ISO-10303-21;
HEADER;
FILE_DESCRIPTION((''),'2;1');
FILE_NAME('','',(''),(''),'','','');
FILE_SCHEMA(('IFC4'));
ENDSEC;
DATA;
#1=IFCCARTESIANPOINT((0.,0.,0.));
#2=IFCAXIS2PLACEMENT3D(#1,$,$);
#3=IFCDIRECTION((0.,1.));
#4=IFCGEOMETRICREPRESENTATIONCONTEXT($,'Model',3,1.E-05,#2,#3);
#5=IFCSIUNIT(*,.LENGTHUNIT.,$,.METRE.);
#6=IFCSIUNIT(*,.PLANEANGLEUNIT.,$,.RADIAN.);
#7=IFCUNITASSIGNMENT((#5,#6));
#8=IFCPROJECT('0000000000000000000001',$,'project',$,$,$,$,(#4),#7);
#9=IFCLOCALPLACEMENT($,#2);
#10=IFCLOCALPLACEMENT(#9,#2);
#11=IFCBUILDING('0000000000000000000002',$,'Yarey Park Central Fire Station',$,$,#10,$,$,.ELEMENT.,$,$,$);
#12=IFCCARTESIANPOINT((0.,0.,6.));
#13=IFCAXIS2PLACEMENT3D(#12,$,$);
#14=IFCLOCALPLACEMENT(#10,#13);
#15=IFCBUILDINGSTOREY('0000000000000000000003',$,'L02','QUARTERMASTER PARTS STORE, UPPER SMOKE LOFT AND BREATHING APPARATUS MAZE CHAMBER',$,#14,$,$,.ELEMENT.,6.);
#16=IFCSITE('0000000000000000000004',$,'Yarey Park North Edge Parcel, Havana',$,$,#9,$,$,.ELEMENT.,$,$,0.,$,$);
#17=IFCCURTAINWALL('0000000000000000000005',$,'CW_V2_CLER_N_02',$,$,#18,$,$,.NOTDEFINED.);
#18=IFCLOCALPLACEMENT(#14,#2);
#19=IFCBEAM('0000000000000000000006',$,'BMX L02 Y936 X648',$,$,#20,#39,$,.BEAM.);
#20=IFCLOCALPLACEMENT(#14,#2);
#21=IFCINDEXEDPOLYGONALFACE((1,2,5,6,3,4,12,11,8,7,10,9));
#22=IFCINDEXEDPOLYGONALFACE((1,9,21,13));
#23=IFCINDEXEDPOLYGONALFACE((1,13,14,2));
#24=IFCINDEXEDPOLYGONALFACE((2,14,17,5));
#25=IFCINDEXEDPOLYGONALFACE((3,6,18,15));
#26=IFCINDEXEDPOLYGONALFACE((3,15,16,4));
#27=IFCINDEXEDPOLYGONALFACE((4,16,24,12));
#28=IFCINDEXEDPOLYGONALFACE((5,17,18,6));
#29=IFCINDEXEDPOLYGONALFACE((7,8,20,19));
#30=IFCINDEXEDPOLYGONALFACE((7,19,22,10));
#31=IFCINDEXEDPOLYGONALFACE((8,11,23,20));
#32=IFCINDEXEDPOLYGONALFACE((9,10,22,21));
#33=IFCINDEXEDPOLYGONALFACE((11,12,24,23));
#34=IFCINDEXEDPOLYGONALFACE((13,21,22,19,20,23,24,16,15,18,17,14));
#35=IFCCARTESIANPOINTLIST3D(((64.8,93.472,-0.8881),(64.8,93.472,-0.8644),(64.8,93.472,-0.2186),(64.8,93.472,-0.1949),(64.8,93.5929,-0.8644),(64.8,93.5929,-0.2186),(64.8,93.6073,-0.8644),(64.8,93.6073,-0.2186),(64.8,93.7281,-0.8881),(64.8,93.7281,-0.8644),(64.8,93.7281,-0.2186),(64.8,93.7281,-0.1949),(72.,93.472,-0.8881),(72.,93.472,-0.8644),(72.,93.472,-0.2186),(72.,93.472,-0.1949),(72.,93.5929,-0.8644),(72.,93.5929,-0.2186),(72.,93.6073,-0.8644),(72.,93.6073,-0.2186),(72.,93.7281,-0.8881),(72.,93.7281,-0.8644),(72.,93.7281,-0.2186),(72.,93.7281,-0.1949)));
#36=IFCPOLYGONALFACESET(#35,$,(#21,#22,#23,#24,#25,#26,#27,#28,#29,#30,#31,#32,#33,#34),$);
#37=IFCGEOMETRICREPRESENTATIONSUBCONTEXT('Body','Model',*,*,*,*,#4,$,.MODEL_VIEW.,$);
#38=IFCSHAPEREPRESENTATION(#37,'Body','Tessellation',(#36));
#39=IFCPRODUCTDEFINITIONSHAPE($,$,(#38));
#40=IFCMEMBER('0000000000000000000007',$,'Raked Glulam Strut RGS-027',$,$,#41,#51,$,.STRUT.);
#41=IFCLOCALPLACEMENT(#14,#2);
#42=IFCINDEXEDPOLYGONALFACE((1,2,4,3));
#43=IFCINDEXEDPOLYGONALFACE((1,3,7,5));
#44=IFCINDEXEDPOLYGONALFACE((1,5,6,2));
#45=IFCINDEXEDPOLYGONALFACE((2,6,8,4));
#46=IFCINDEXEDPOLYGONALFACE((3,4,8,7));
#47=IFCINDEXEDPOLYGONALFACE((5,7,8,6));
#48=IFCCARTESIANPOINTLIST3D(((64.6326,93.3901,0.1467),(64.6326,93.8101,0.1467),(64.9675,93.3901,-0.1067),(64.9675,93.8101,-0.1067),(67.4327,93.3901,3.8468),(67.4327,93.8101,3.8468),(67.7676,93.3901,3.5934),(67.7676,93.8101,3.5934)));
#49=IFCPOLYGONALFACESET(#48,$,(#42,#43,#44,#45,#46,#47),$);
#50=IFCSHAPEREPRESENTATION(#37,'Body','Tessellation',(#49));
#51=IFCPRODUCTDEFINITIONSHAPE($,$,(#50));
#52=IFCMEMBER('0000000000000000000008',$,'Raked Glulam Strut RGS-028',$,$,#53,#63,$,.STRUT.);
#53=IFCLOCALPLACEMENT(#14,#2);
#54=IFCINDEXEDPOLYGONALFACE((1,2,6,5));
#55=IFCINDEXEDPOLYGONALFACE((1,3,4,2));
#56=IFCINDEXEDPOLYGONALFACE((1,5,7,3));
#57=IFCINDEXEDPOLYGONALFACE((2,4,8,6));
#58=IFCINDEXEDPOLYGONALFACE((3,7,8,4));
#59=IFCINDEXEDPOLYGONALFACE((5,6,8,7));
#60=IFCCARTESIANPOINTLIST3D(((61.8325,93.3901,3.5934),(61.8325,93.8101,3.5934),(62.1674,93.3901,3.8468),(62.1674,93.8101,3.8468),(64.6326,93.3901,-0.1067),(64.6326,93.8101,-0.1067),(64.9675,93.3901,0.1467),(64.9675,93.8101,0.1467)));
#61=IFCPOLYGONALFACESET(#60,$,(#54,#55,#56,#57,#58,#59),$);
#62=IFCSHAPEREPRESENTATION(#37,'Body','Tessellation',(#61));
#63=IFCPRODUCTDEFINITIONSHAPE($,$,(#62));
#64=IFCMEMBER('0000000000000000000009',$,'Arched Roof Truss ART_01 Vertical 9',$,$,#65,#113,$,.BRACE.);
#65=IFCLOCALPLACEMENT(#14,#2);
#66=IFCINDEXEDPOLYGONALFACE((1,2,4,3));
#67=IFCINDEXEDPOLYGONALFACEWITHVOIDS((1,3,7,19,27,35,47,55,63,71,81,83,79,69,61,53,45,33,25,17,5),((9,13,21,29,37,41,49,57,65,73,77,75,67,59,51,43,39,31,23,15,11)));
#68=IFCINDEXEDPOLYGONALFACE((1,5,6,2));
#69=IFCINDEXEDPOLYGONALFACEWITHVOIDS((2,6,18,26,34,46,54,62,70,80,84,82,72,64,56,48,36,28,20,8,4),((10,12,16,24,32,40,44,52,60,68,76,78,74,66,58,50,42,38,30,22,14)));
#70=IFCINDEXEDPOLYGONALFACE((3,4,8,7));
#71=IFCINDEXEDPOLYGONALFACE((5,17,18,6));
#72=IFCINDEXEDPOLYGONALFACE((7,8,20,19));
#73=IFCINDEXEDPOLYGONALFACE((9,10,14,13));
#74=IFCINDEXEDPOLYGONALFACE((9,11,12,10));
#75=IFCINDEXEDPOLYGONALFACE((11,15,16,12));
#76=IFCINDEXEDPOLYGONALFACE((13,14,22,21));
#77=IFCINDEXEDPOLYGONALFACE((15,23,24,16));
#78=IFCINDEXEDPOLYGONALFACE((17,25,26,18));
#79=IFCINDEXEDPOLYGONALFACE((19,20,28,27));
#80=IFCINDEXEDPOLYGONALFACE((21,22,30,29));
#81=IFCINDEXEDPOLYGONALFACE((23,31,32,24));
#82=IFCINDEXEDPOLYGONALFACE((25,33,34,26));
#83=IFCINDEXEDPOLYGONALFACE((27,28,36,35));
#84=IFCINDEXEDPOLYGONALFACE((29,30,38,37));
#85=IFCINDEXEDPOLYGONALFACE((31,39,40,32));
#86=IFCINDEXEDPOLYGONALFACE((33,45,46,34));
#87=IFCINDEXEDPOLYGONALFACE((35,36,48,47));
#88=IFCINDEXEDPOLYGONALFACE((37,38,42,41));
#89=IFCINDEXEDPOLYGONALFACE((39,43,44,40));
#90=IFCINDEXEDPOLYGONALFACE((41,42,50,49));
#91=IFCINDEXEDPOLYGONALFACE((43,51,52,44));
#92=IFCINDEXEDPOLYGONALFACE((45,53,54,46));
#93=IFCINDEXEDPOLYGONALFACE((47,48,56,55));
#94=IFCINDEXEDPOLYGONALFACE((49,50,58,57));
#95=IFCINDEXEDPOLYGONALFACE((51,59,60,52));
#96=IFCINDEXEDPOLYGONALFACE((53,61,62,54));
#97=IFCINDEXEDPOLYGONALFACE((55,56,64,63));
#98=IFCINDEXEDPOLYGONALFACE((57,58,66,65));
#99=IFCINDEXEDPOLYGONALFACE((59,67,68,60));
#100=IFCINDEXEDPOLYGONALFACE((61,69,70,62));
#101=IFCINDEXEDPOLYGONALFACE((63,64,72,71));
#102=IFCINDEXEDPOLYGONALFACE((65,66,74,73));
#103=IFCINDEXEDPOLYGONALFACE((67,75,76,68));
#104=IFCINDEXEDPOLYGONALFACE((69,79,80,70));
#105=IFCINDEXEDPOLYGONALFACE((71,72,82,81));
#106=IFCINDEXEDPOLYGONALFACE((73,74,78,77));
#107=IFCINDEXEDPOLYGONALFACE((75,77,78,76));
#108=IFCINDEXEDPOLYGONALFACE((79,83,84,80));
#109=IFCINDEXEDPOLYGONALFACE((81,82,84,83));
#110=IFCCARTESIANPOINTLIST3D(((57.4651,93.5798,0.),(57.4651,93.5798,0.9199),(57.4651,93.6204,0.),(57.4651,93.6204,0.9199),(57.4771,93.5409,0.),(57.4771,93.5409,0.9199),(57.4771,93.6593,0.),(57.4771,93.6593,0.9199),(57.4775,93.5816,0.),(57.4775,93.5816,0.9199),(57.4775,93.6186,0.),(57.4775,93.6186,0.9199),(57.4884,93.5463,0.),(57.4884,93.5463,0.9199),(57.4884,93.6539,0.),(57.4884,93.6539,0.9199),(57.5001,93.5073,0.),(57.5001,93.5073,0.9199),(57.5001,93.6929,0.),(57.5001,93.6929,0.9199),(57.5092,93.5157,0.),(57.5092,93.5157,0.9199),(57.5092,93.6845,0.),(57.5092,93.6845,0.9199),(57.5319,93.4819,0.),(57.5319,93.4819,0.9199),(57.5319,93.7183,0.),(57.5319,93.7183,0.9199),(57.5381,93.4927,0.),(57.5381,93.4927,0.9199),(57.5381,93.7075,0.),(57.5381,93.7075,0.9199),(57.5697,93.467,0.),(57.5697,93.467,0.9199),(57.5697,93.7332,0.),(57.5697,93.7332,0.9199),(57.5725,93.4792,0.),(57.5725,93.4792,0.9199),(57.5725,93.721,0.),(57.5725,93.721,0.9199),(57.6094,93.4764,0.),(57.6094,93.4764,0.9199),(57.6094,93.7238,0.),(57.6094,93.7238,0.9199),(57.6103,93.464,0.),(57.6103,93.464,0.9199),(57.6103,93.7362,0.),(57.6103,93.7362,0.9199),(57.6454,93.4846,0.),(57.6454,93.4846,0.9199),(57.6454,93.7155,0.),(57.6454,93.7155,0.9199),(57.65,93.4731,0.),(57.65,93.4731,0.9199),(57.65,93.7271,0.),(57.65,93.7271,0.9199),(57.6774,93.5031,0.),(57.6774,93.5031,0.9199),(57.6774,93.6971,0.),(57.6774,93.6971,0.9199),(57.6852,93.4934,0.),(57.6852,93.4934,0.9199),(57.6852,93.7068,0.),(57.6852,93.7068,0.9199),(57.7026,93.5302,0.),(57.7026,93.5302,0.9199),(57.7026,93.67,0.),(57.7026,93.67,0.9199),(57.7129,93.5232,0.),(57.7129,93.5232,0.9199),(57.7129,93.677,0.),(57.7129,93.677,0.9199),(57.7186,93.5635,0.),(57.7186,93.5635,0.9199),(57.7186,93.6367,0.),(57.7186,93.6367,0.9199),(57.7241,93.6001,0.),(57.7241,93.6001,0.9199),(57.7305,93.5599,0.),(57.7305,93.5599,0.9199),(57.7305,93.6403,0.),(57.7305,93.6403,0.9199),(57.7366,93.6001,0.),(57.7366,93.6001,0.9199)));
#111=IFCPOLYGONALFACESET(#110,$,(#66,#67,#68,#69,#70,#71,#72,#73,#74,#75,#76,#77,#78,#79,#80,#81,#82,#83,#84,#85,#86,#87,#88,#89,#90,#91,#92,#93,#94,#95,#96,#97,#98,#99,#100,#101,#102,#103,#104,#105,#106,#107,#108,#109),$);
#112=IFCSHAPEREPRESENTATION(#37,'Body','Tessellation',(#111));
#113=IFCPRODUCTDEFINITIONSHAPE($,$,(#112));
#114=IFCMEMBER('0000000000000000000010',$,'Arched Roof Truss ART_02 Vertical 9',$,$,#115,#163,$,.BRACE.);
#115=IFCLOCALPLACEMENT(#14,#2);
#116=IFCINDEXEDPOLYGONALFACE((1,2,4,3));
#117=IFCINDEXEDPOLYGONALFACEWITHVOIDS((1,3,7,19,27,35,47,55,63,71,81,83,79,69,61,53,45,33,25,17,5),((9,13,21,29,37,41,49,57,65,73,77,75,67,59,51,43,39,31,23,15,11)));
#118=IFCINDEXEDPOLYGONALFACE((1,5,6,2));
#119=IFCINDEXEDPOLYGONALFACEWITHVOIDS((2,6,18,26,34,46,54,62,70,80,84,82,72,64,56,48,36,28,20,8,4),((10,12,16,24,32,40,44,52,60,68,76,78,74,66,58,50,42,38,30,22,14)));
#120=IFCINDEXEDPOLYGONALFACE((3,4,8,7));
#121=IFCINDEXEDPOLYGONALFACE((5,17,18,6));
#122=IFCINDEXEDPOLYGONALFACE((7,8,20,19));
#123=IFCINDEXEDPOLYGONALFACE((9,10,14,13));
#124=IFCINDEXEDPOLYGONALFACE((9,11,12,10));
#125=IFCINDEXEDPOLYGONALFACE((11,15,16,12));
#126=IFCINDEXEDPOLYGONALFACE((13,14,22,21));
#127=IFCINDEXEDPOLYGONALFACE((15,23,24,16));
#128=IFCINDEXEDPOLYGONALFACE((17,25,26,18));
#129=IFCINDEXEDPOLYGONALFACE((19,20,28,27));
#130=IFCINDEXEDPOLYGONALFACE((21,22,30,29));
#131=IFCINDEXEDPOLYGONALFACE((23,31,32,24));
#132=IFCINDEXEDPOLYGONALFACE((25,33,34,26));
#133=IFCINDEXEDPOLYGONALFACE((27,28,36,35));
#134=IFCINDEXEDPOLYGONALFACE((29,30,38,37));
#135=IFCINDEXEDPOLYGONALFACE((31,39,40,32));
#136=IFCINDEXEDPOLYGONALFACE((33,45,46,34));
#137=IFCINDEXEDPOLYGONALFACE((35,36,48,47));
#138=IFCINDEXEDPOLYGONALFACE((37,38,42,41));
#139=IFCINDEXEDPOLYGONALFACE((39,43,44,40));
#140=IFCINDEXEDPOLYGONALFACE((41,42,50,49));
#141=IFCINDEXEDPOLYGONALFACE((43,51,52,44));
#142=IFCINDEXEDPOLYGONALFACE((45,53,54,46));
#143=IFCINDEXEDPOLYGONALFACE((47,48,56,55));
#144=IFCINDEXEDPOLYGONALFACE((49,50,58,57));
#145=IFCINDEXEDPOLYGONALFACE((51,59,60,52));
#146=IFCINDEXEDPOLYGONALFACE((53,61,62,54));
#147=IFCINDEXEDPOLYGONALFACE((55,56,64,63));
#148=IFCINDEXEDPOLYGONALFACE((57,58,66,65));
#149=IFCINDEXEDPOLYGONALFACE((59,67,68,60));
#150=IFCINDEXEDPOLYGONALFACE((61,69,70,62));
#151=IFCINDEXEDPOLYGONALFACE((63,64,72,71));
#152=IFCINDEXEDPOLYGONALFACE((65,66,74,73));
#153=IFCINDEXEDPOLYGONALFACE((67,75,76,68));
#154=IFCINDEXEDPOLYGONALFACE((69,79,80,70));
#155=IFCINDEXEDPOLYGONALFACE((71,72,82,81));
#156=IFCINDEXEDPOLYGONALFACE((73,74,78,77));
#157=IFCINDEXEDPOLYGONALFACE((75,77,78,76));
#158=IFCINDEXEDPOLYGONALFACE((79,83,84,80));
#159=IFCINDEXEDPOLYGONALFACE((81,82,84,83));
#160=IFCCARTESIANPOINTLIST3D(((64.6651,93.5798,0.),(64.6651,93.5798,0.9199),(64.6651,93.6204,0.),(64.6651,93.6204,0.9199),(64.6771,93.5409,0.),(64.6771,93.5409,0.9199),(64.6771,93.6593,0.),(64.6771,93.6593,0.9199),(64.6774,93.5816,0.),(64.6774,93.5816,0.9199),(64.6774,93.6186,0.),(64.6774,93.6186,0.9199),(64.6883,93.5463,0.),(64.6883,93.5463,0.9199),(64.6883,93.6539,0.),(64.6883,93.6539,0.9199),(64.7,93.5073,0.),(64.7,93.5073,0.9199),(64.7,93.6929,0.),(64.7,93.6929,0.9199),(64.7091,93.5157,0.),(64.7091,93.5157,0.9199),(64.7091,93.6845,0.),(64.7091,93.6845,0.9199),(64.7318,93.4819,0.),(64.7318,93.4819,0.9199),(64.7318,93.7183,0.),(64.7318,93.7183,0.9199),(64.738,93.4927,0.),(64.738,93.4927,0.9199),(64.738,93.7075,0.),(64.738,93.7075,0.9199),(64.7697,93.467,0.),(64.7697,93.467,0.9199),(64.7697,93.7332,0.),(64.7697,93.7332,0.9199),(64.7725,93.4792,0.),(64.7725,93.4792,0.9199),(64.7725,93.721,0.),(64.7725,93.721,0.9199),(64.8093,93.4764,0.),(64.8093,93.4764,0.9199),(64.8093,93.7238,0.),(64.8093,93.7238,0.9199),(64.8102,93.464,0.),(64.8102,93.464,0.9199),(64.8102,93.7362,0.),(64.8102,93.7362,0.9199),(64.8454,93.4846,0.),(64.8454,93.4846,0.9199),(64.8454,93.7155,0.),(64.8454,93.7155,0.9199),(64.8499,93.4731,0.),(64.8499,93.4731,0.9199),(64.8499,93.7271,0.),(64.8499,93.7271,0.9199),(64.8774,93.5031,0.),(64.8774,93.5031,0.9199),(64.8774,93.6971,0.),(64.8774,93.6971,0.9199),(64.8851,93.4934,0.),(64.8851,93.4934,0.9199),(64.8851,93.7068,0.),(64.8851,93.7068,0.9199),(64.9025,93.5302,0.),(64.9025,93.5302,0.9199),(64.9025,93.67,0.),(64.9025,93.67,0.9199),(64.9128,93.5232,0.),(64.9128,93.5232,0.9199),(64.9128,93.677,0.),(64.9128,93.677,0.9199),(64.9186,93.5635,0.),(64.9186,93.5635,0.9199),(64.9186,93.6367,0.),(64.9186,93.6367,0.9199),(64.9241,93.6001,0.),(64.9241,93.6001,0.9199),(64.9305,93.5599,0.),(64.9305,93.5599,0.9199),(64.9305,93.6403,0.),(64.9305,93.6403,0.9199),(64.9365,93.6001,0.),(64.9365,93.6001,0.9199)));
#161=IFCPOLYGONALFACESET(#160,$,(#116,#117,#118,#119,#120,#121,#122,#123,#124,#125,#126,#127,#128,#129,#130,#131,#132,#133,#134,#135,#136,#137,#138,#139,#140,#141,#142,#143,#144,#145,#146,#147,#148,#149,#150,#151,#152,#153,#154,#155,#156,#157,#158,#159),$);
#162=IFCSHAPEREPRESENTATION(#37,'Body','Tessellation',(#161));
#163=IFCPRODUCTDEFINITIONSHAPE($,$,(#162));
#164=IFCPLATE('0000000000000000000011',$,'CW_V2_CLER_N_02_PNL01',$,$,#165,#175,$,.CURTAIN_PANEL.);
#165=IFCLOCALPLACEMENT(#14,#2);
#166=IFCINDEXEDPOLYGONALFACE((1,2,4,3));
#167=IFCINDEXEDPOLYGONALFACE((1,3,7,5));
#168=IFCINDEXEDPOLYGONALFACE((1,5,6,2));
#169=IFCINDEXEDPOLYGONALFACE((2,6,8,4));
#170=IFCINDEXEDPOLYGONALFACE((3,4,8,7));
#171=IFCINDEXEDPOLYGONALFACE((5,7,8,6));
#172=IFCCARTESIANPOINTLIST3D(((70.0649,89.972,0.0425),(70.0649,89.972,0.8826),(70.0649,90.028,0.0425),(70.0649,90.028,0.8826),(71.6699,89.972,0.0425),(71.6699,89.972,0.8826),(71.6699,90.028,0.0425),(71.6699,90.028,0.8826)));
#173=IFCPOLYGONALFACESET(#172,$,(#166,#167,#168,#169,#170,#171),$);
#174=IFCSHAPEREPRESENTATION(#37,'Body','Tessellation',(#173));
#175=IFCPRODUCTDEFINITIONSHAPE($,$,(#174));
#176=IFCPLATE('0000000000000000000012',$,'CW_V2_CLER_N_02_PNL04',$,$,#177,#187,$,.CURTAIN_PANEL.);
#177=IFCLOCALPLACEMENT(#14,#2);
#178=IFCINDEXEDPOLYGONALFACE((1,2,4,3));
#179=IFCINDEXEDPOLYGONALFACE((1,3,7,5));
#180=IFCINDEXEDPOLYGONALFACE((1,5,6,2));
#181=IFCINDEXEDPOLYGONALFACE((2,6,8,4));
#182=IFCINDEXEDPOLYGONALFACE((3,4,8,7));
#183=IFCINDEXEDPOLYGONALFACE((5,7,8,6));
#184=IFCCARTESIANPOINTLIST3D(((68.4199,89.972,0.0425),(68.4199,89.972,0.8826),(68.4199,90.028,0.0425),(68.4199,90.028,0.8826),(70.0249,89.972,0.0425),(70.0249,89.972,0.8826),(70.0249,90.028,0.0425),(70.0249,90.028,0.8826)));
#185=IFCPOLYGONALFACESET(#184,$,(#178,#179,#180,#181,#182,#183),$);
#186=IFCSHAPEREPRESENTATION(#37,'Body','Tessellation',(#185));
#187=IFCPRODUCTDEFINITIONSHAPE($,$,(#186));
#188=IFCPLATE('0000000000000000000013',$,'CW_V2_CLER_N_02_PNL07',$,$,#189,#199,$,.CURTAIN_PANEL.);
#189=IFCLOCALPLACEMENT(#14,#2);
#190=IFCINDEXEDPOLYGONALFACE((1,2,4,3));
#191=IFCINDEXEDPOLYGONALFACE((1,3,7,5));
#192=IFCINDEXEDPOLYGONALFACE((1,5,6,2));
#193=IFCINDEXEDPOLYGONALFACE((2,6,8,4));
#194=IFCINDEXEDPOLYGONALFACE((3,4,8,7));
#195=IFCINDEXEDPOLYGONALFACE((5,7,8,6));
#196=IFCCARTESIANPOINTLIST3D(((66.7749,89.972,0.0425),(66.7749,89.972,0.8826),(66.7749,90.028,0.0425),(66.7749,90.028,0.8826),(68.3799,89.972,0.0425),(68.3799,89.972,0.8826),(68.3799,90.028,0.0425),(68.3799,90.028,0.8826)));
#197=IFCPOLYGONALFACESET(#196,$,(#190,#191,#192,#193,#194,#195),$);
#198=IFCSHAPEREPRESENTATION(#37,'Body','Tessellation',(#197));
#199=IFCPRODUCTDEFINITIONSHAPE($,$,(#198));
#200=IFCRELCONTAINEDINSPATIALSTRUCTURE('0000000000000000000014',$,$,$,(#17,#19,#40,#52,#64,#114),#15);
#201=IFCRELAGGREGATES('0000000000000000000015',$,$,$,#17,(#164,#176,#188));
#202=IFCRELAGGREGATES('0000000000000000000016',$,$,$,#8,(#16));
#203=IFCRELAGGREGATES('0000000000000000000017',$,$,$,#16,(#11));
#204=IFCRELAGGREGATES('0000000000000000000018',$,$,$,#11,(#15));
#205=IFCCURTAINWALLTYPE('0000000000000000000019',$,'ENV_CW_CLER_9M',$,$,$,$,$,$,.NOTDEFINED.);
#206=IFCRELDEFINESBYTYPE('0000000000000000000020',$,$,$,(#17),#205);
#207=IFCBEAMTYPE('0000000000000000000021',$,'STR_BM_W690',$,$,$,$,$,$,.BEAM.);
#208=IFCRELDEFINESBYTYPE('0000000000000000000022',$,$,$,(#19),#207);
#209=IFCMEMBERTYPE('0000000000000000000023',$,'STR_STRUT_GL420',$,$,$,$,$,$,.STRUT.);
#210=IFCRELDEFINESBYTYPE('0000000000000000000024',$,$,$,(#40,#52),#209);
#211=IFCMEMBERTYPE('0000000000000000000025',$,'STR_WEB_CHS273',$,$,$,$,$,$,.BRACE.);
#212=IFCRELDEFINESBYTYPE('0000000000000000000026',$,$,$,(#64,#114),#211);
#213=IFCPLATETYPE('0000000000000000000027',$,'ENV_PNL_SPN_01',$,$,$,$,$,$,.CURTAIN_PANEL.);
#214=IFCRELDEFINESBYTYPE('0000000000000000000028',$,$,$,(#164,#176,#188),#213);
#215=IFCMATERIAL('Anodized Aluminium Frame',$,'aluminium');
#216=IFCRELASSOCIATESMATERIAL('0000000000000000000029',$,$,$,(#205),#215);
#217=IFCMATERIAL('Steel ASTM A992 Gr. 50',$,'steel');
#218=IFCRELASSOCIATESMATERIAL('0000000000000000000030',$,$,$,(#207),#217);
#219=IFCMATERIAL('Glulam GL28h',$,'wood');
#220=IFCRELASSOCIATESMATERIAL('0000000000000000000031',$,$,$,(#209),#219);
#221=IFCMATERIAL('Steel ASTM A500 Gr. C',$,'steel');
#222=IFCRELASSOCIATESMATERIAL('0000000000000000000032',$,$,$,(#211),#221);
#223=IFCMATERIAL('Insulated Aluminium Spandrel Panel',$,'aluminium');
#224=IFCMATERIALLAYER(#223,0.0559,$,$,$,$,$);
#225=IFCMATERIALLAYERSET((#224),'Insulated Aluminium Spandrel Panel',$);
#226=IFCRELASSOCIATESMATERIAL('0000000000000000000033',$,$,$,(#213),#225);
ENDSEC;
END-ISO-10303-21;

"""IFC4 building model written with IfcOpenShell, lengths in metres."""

from ifc_helpers import new_model, si_unit, direction, frame, origin, origin_2d, place, context, subcontext, project, spatial, rectangle, hollow_circle, i_section, extrude, material, layer, layer_set, material_profile, profile_set, type_object, element, aggregate, save


model = new_model("IFC4")

# Units and contexts
model_context = context("Model", 3, precision=1e-05, world=origin(), true_north=direction((0.0, 1.0)))
body_context = subcontext(model_context, "Body", "Model", "MODEL_VIEW")
ifc_project = project(units=[si_unit("LENGTHUNIT", "METRE"), si_unit("PLANEANGLEUNIT", "RADIAN")], contexts=[model_context])

# Site, building, storey
site_placement = place(None, origin())
site = spatial("IfcSite", under=ifc_project, at=site_placement, Name="Yarey Park North Edge Parcel, Havana", CompositionType="ELEMENT", RefElevation=0.0)
building_placement = place(site_placement, origin())
building = spatial("IfcBuilding", under=site, at=building_placement, Name="Yarey Park Central Fire Station", CompositionType="ELEMENT")
storey_placement = place(building_placement, frame((0.0, 0.0, 6.0)))
storey = spatial("IfcBuildingStorey", under=building, at=storey_placement, Name="L02", Description="QUARTERMASTER PARTS STORE, UPPER SMOKE LOFT AND BREATHING APPARATUS MAZE CHAMBER", CompositionType="ELEMENT", Elevation=6.0)

# Shared definitions
ifc_material_1 = material(Name="Steel ASTM A992 Gr. 50", Category="steel")

# Curtain wall
ifc_material_2 = material(Name="Anodized Aluminium Frame", Category="aluminium")
curtain_wall_type = type_object("IfcCurtainWallType", Name="ENV_CW_CLER_9M", PredefinedType="NOTDEFINED", material=ifc_material_2)
curtain_wall_placement = place(storey_placement, origin())
curtain_wall = element("IfcCurtainWall", 1, at=curtain_wall_placement, inside=storey, type_object=curtain_wall_type, Name="CW_V2_CLER_N_02", PredefinedType="NOTDEFINED")

# Beam
ifc_material_profile_1 = material_profile(ifc_material_1, i_section(OverallWidth=0.2561, OverallDepth=0.6931, WebThickness=0.0144, FlangeThickness=0.0237, at=origin_2d()), Name="W690x170")
ifc_profile_set_1 = profile_set([ifc_material_profile_1], Name="Steel ASTM A992 Gr. 50")
beam_type = type_object("IfcBeamType", Name="STR_BM_W690", PredefinedType="BEAM", material=ifc_profile_set_1)
for number, where, z_axis, x_axis, name in (
    (2, (64.8, 93.6001, -0.5415), (1.0, 0.0, 0.0), (0.0, 1.0, 0.0), "BMX L02 Y936 X648"),
):
    element("IfcBeam", number, at=place(storey_placement, frame(where, z_axis=z_axis, x_axis=x_axis)), inside=storey, type_object=beam_type, Name=name, PredefinedType="BEAM", context=body_context, shape_type="SweptSolid", body=[
        extrude(i_section(OverallWidth=0.2561, OverallDepth=0.6931, WebThickness=0.0144, FlangeThickness=0.0237, at=origin_2d()), origin(), (0.0, 0.0, 1.0), 7.2),
    ])

# Members
ifc_material_3 = material(Name="Glulam GL28h", Category="wood")
ifc_material_profile_2 = material_profile(ifc_material_3, rectangle(XDim=0.4199, YDim=0.4199, at=origin_2d()), Name="GL 420x420")
ifc_profile_set_2 = profile_set([ifc_material_profile_2], Name="Glulam GL28h")
member_type_1 = type_object("IfcMemberType", Name="STR_STRUT_GL420", PredefinedType="STRUT", material=ifc_profile_set_2)
for number, where, z_axis, x_axis, name in (
    (3, (64.8, 93.6001, 0.02), (0.603454, 0.0, 0.797397), (0.0, 1.0, 0.0), "Raked Glulam Strut RGS-027"),
    (4, (64.8, 93.6001, 0.02), (-0.603454, 0.0, 0.797397), (0.0, -1.0, 0.0), "Raked Glulam Strut RGS-028"),
):
    element("IfcMember", number, at=place(storey_placement, frame(where, z_axis=z_axis, x_axis=x_axis)), inside=storey, type_object=member_type_1, Name=name, PredefinedType="STRUT", context=body_context, shape_type="SweptSolid", body=[
        extrude(rectangle(XDim=0.4199, YDim=0.4199, at=origin_2d()), origin(), (0.0, 0.0, 1.0), 4.6401),
    ])
ifc_material_4 = material(Name="Steel ASTM A500 Gr. C", Category="steel")
ifc_material_profile_3 = material_profile(ifc_material_4, hollow_circle(Radius=0.1365, WallThickness=0.0125, at=origin_2d()), Name="CHS 273x12.5")
ifc_profile_set_3 = profile_set([ifc_material_profile_3], Name="Steel ASTM A500 Gr. C")
member_type_2 = type_object("IfcMemberType", Name="STR_WEB_CHS273", PredefinedType="BRACE", material=ifc_profile_set_3)
for number, where, z_axis, x_axis, name in (
    (5, (57.6001, 93.6001, 0.0), (0.0, 0.0, 1.0), (1.0, 0.0, 0.0), "Arched Roof Truss ART_01 Vertical 9"),
    (6, (64.8, 93.6001, 0.0), (0.0, 0.0, 1.0), (1.0, 0.0, 0.0), "Arched Roof Truss ART_02 Vertical 9"),
):
    element("IfcMember", number, at=place(storey_placement, frame(where, z_axis=z_axis, x_axis=x_axis)), inside=storey, type_object=member_type_2, Name=name, PredefinedType="BRACE", context=body_context, shape_type="SweptSolid", body=[
        extrude(hollow_circle(Radius=0.1365, WallThickness=0.0125, at=origin_2d()), origin(), (0.0, 0.0, 1.0), 0.9199),
    ])

# Plates
ifc_material_5 = material(Name="Insulated Aluminium Spandrel Panel", Category="aluminium")
ifc_layer_1 = layer(ifc_material_5, 0.0559)
ifc_layer_set_1 = layer_set([ifc_layer_1], Name="Insulated Aluminium Spandrel Panel")
plate_type_1 = type_object("IfcPlateType", Name="ENV_PNL_SPN_01", PredefinedType="CURTAIN_PANEL", material=ifc_layer_set_1)
plate_1_placement = place(storey_placement, frame((70.8674, 90.0, 0.0425), z_axis=(0.0, 0.0, 1.0), x_axis=(-1.0, 0.0, 0.0)))
plate_1 = element("IfcPlate", 7, at=plate_1_placement, type_object=plate_type_1, Name="CW_V2_CLER_N_02_PNL01", PredefinedType="CURTAIN_PANEL", context=body_context, shape_type="SweptSolid", body=[
    extrude(rectangle(XDim=1.605, YDim=0.0559, at=origin_2d()), origin(), (0.0, 0.0, 1.0), 0.8401),
])
plate_2_placement = place(storey_placement, frame((69.2224, 90.0, 0.0425), z_axis=(0.0, 0.0, 1.0), x_axis=(-1.0, 0.0, 0.0)))
plate_2 = element("IfcPlate", 8, at=plate_2_placement, type_object=plate_type_1, Name="CW_V2_CLER_N_02_PNL04", PredefinedType="CURTAIN_PANEL", context=body_context, shape_type="SweptSolid", body=[
    extrude(rectangle(XDim=1.605, YDim=0.0559, at=origin_2d()), origin(), (0.0, 0.0, 1.0), 0.8401),
])
plate_3_placement = place(storey_placement, frame((67.5774, 90.0, 0.0425), z_axis=(0.0, 0.0, 1.0), x_axis=(-1.0, 0.0, 0.0)))
plate_3 = element("IfcPlate", 9, at=plate_3_placement, type_object=plate_type_1, Name="CW_V2_CLER_N_02_PNL07", PredefinedType="CURTAIN_PANEL", context=body_context, shape_type="SweptSolid", body=[
    extrude(rectangle(XDim=1.605, YDim=0.0559, at=origin_2d()), origin(), (0.0, 0.0, 1.0), 0.8401),
])
aggregate(curtain_wall, [plate_1, plate_2, plate_3])

save(model, "model.ifc")
